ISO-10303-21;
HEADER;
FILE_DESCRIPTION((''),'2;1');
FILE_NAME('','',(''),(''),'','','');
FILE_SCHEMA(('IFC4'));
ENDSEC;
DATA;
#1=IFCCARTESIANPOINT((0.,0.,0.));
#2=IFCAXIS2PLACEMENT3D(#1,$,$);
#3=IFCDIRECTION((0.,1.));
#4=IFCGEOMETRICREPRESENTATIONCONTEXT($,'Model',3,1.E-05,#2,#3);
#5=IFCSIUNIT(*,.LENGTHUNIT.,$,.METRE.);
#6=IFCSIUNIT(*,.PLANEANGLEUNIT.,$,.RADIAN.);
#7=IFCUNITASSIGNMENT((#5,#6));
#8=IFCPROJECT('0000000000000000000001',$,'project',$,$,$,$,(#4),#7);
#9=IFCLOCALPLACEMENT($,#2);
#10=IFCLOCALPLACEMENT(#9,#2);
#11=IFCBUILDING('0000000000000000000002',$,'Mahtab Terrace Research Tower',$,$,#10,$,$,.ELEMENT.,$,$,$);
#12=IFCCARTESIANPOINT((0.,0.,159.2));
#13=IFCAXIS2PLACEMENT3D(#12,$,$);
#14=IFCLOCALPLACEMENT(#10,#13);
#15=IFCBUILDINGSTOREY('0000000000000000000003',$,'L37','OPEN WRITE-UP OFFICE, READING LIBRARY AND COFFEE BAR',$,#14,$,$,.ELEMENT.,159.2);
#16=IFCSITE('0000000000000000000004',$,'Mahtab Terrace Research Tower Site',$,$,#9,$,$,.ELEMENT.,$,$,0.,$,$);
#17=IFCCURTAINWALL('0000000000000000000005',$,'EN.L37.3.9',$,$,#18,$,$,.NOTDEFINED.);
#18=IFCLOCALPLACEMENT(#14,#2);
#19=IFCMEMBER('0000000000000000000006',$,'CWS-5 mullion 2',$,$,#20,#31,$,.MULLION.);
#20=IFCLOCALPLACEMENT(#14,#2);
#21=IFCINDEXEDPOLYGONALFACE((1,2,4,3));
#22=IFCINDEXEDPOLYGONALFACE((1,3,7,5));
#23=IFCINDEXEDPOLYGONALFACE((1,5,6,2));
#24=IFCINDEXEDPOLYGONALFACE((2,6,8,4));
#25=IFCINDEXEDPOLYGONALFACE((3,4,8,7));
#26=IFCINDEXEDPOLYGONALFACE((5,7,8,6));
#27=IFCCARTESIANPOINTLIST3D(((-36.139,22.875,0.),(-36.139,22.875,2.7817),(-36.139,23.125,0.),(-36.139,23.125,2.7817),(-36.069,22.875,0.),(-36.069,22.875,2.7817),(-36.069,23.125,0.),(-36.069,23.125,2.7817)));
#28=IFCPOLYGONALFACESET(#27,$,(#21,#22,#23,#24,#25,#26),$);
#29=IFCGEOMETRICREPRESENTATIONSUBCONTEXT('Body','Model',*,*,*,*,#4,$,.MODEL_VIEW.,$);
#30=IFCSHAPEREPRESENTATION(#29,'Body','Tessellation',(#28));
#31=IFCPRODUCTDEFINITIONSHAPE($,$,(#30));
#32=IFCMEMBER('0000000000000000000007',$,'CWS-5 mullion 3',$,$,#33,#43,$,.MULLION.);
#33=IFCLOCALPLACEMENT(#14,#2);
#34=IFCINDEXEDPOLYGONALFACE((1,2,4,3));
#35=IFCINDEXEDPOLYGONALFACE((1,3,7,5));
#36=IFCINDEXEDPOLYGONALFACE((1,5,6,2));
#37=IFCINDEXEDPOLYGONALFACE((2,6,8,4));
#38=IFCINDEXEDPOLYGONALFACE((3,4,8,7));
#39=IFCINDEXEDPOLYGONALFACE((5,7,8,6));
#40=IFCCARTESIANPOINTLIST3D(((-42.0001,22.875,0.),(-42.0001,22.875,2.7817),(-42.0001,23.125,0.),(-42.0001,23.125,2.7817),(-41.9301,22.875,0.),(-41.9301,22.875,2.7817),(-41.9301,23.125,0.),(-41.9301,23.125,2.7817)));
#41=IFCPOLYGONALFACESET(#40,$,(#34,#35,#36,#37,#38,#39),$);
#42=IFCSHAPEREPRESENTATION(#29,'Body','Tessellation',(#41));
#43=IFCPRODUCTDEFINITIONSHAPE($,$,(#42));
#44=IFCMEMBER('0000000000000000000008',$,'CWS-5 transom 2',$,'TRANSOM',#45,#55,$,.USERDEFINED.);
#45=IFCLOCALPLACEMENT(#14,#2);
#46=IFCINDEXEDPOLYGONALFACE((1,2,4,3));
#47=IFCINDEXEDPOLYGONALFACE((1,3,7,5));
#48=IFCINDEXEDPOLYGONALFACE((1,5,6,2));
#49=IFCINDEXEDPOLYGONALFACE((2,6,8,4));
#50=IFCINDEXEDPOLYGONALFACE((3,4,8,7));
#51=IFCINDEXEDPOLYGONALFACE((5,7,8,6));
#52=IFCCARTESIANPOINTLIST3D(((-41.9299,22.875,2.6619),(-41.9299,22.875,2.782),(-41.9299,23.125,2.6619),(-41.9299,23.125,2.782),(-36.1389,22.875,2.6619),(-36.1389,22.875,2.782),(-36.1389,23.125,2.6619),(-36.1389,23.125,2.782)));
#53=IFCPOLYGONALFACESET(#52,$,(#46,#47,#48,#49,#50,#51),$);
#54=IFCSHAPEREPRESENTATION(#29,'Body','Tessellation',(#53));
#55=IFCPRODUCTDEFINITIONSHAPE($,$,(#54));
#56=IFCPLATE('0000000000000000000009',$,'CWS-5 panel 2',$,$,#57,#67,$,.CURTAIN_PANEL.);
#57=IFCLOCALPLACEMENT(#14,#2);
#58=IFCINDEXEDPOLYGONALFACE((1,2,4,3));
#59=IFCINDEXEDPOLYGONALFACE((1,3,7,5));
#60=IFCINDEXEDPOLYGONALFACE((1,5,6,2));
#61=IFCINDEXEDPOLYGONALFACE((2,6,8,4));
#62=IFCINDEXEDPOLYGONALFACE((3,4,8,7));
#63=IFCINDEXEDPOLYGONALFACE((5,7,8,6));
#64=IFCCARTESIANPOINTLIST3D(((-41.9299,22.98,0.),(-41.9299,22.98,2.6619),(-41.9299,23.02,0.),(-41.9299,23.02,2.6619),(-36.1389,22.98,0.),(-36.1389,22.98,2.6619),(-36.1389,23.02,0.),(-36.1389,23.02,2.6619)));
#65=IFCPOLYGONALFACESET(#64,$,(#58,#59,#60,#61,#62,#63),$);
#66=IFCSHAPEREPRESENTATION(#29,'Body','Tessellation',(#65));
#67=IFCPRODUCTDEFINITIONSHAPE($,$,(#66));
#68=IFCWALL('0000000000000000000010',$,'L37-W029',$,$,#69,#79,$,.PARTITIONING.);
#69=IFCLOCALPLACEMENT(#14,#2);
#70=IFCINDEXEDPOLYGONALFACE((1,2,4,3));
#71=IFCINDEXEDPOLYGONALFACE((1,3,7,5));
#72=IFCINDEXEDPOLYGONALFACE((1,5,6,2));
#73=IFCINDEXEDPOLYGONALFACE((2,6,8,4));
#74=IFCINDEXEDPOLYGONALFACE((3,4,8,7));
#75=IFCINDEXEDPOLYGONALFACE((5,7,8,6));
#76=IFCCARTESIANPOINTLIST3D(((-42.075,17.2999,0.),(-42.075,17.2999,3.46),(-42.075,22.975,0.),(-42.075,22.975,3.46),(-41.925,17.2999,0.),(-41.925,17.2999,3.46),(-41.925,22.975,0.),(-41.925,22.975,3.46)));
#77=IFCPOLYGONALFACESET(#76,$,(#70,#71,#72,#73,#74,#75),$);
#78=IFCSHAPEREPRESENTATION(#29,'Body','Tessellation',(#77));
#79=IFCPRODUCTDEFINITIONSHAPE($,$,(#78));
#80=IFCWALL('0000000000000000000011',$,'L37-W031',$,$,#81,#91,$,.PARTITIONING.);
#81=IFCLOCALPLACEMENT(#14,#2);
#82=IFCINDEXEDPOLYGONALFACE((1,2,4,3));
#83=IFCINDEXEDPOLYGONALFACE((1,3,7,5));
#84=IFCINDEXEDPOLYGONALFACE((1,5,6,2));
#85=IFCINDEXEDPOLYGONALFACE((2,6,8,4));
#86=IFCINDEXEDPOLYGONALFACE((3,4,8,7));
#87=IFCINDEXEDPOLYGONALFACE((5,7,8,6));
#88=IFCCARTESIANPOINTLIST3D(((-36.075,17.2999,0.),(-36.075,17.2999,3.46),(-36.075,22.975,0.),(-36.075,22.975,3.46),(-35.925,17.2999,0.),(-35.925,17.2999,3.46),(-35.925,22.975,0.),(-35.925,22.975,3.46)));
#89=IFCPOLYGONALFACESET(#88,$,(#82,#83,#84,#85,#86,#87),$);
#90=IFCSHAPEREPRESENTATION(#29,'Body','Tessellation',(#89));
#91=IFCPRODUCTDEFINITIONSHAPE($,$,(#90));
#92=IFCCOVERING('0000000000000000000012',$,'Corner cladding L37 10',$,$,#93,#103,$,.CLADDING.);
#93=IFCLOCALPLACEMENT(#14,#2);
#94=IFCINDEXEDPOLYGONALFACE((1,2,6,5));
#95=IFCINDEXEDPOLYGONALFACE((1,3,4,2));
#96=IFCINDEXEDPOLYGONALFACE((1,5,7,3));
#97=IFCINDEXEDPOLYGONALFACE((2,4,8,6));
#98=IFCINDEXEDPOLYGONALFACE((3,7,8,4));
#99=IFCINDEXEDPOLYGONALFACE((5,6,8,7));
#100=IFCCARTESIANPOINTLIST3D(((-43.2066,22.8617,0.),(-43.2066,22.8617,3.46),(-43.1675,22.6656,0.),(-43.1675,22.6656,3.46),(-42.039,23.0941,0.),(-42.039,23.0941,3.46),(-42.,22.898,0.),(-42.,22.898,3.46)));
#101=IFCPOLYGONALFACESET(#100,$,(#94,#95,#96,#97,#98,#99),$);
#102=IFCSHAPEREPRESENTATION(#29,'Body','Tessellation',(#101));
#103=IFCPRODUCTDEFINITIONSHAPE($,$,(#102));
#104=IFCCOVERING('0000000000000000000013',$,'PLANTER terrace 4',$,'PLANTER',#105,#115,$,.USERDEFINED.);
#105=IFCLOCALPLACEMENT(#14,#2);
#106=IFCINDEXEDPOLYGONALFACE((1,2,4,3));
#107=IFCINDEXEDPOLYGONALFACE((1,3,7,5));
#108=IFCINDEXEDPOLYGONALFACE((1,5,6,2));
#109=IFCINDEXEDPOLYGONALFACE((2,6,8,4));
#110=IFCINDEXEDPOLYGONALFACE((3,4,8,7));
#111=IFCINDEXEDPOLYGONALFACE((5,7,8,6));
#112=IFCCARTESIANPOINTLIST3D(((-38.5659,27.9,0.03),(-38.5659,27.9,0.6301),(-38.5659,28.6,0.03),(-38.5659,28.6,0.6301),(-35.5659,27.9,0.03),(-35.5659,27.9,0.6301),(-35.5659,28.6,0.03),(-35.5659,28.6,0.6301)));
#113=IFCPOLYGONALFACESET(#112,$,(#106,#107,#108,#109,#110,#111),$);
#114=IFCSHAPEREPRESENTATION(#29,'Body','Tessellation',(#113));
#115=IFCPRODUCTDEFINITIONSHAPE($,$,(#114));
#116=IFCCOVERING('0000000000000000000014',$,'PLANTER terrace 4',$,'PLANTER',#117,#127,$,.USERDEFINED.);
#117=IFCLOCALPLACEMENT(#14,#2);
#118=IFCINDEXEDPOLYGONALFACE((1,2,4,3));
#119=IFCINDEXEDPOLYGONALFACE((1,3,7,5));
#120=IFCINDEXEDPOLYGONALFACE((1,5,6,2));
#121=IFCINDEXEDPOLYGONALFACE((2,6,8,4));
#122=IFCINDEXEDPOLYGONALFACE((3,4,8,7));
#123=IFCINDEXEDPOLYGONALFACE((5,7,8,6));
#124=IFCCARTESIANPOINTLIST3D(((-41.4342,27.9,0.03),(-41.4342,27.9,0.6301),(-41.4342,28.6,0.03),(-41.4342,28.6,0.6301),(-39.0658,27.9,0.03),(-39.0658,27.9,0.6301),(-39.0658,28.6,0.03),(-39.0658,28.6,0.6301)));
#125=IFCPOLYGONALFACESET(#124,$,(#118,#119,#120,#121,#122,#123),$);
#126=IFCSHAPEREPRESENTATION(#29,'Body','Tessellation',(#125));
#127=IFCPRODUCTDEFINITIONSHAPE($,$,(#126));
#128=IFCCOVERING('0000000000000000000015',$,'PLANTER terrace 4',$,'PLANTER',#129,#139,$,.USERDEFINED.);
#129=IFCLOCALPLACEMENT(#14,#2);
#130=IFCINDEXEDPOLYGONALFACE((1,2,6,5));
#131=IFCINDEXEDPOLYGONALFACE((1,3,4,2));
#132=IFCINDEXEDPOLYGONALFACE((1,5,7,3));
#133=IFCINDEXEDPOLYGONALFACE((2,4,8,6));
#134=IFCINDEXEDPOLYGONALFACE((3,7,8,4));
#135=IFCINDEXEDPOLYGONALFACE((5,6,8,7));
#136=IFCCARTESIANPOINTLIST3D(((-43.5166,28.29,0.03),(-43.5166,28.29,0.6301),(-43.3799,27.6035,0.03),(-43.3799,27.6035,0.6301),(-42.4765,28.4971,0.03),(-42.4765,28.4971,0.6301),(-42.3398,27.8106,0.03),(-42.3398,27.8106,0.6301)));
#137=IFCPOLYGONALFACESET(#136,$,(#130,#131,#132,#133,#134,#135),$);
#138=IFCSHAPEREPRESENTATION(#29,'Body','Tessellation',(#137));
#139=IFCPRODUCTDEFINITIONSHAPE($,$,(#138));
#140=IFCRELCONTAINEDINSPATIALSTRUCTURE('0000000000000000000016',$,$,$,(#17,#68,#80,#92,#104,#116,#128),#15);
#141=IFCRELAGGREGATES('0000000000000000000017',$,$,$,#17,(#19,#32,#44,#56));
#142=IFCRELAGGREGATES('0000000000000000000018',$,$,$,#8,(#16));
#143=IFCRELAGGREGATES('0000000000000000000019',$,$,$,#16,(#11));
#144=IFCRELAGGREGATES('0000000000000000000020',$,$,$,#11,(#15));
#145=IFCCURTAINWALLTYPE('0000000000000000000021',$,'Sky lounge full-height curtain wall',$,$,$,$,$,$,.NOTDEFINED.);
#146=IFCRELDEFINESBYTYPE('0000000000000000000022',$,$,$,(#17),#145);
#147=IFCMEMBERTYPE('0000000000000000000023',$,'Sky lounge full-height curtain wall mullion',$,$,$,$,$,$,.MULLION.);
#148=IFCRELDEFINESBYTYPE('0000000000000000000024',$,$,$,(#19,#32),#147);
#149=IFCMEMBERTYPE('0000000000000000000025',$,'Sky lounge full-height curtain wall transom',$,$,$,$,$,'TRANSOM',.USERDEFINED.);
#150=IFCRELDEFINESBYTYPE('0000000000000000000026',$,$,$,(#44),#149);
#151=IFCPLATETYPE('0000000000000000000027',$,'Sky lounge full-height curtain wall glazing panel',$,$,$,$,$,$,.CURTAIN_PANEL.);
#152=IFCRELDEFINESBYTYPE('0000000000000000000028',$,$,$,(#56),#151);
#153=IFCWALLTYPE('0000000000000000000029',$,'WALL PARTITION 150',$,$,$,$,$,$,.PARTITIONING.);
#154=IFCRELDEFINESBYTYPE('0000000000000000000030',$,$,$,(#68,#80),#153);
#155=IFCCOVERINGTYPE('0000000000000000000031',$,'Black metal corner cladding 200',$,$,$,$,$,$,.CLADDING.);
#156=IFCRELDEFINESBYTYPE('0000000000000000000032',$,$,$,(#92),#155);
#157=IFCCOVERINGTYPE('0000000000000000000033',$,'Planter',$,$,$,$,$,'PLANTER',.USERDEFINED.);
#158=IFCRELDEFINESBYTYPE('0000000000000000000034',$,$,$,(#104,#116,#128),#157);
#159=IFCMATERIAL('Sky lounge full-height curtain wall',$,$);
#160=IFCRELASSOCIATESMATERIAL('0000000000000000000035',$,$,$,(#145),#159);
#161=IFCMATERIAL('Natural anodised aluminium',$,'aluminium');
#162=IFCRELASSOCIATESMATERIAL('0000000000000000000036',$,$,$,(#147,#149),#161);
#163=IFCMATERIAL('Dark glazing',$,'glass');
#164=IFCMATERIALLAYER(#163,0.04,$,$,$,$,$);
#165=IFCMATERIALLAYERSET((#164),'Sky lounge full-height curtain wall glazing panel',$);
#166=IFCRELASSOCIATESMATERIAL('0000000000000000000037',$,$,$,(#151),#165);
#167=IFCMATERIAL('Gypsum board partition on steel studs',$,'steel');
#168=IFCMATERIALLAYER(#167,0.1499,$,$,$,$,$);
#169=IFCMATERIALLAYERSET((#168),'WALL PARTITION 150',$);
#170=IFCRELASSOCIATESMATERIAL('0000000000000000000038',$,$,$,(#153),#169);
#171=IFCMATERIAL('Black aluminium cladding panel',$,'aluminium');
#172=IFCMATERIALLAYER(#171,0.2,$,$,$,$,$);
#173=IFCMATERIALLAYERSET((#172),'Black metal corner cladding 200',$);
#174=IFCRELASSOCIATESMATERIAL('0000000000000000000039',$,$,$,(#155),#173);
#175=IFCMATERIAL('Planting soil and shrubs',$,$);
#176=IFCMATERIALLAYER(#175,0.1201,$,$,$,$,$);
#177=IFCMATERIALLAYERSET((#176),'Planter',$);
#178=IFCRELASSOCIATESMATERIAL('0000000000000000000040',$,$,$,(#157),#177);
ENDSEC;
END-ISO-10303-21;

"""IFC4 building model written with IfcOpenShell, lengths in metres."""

from ifc_helpers import new_model, si_unit, direction, frame, frame_2d, origin, origin_2d, place, context, subcontext, project, spatial, rectangle, extrude, material, layer, layer_set, material_profile, profile_set, type_object, element, aggregate, save


model = new_model("IFC4")

# Units and contexts
model_context = context("Model", 3, precision=1e-05, world=origin(), true_north=direction((0.0, 1.0)))
body_context = subcontext(model_context, "Body", "Model", "MODEL_VIEW")
ifc_project = project(units=[si_unit("LENGTHUNIT", "METRE"), si_unit("PLANEANGLEUNIT", "RADIAN")], contexts=[model_context])

# Site, building, storey
site_placement = place(None, origin())
site = spatial("IfcSite", under=ifc_project, at=site_placement, Name="Mahtab Terrace Research Tower Site", CompositionType="ELEMENT", RefElevation=0.0)
building_placement = place(site_placement, origin())
building = spatial("IfcBuilding", under=site, at=building_placement, Name="Mahtab Terrace Research Tower", CompositionType="ELEMENT")
storey_placement = place(building_placement, frame((0.0, 0.0, 159.2)))
storey = spatial("IfcBuildingStorey", under=building, at=storey_placement, Name="L37", Description="OPEN WRITE-UP OFFICE, READING LIBRARY AND COFFEE BAR", CompositionType="ELEMENT", Elevation=159.2)

# Curtain wall, members, plate
ifc_material_1 = material(Name="Sky lounge full-height curtain wall")
curtain_wall_type = type_object("IfcCurtainWallType", Name="Sky lounge full-height curtain wall", PredefinedType="NOTDEFINED", material=ifc_material_1)
curtain_wall_placement = place(storey_placement, origin())
curtain_wall = element("IfcCurtainWall", 1, at=curtain_wall_placement, inside=storey, type_object=curtain_wall_type, Name="EN.L37.3.9", PredefinedType="NOTDEFINED")
ifc_material_2 = material(Name="Natural anodised aluminium", Category="aluminium")
ifc_material_profile_1 = material_profile(ifc_material_2, rectangle(XDim=0.25, YDim=0.0701, at=origin_2d()), Name="MULLION 70x250")
ifc_profile_set_1 = profile_set([ifc_material_profile_1], Name="Natural anodised aluminium")
member_type_1 = type_object("IfcMemberType", Name="Sky lounge full-height curtain wall mullion", PredefinedType="MULLION", material=ifc_profile_set_1)
member_1_placement = place(storey_placement, frame((-36.104, 23.0, 0.0), z_axis=(0.0, 0.0, 1.0), x_axis=(0.0, -1.0, 0.0)))
member_1 = element("IfcMember", 2, at=member_1_placement, type_object=member_type_1, Name="CWS-5 mullion 2", PredefinedType="MULLION", context=body_context, shape_type="SweptSolid", body=[
    extrude(rectangle(XDim=0.25, YDim=0.0701, at=origin_2d()), origin(), (0.0, 0.0, 1.0), 2.7817),
])
member_2_placement = place(storey_placement, frame((-41.9651, 23.0, 0.0), z_axis=(0.0, 0.0, 1.0), x_axis=(0.0, -1.0, 0.0)))
member_2 = element("IfcMember", 3, at=member_2_placement, type_object=member_type_1, Name="CWS-5 mullion 3", PredefinedType="MULLION", context=body_context, shape_type="SweptSolid", body=[
    extrude(rectangle(XDim=0.25, YDim=0.0701, at=origin_2d()), origin(), (0.0, 0.0, 1.0), 2.7817),
])
ifc_material_profile_2 = material_profile(ifc_material_2, rectangle(XDim=0.25, YDim=0.1201, at=origin_2d()), Name="TRANSOM 120x250")
ifc_profile_set_2 = profile_set([ifc_material_profile_2], Name="Natural anodised aluminium")
member_type_2 = type_object("IfcMemberType", Name="Sky lounge full-height curtain wall transom", ElementType="TRANSOM", PredefinedType="USERDEFINED", material=ifc_profile_set_2)
member_3_placement = place(storey_placement, frame((-36.1389, 23.0, 2.7219), z_axis=(-1.0, 0.0, 0.0), x_axis=(0.0, -1.0, 0.0)))
member_3 = element("IfcMember", 4, at=member_3_placement, type_object=member_type_2, Name="CWS-5 transom 2", ObjectType="TRANSOM", PredefinedType="USERDEFINED", context=body_context, shape_type="SweptSolid", body=[
    extrude(rectangle(XDim=0.25, YDim=0.1201, at=origin_2d()), origin(), (0.0, 0.0, 1.0), 5.791),
])
ifc_material_3 = material(Name="Dark glazing", Category="glass")
ifc_layer_1 = layer(ifc_material_3, 0.04)
ifc_layer_set_1 = layer_set([ifc_layer_1], Name="Sky lounge full-height curtain wall glazing panel")
plate_type = type_object("IfcPlateType", Name="Sky lounge full-height curtain wall glazing panel", PredefinedType="CURTAIN_PANEL", material=ifc_layer_set_1)
plate_placement = place(storey_placement, frame((-39.0344, 23.0, 0.0), z_axis=(0.0, 0.0, 1.0), x_axis=(-1.0, 0.0, 0.0)))
plate = element("IfcPlate", 5, at=plate_placement, type_object=plate_type, Name="CWS-5 panel 2", PredefinedType="CURTAIN_PANEL", context=body_context, shape_type="SweptSolid", body=[
    extrude(rectangle(XDim=5.791, YDim=0.04, at=origin_2d()), origin(), (0.0, 0.0, 1.0), 2.6619),
])
aggregate(curtain_wall, [member_1, member_2, member_3, plate])

# Walls
ifc_material_4 = material(Name="Gypsum board partition on steel studs", Category="steel")
ifc_layer_2 = layer(ifc_material_4, 0.1499)
ifc_layer_set_2 = layer_set([ifc_layer_2], Name="WALL PARTITION 150")
wall_type = type_object("IfcWallType", Name="WALL PARTITION 150", PredefinedType="PARTITIONING", material=ifc_layer_set_2)
for number, where, z_axis, x_axis, name in (
    (6, (-42.0, 17.3, 0.0), (0.0, 0.0, 1.0), (0.0, 1.0, 0.0), "L37-W029"),
    (7, (-36.0, 17.3, 0.0), (0.0, 0.0, 1.0), (0.0, 1.0, 0.0), "L37-W031"),
):
    element("IfcWall", number, at=place(storey_placement, frame(where, z_axis=z_axis, x_axis=x_axis)), inside=storey, type_object=wall_type, Name=name, PredefinedType="PARTITIONING", context=body_context, shape_type="SweptSolid", body=[
        extrude(rectangle(XDim=5.675, YDim=0.1499, at=frame_2d((2.8374, 0.0))), origin(), (0.0, 0.0, 1.0), 3.46),
    ])

# Coverings
ifc_material_5 = material(Name="Black aluminium cladding panel", Category="aluminium")
ifc_layer_3 = layer(ifc_material_5, 0.2)
ifc_layer_set_3 = layer_set([ifc_layer_3], Name="Black metal corner cladding 200")
covering_type_1 = type_object("IfcCoveringType", Name="Black metal corner cladding 200", PredefinedType="CLADDING", material=ifc_layer_set_3)
covering_1_placement = place(storey_placement, frame((-42.6033, 22.8799, 0.0), z_axis=(0.0, 0.0, 1.0), x_axis=(-0.980761, -0.195212, 0.0)))
element("IfcCovering", 8, at=covering_1_placement, inside=storey, type_object=covering_type_1, Name="Corner cladding L37 10", PredefinedType="CLADDING", context=body_context, shape_type="SweptSolid", body=[
    extrude(rectangle(XDim=1.1904, YDim=0.2, at=origin_2d()), origin(), (0.0, 0.0, 1.0), 3.46),
])
ifc_material_6 = material(Name="Planting soil and shrubs")
ifc_layer_4 = layer(ifc_material_6, 0.1201)
ifc_layer_set_4 = layer_set([ifc_layer_4], Name="Planter")
covering_type_2 = type_object("IfcCoveringType", Name="Planter", ElementType="PLANTER", PredefinedType="USERDEFINED", material=ifc_layer_set_4)
covering_2_placement = place(storey_placement, frame((-37.0659, 28.25, 0.03), z_axis=(0.0, 0.0, 1.0), x_axis=(-1.0, 0.0, 0.0)))
element("IfcCovering", 9, at=covering_2_placement, inside=storey, type_object=covering_type_2, Name="PLANTER terrace 4", ObjectType="PLANTER", PredefinedType="USERDEFINED", context=body_context, shape_type="SweptSolid", body=[
    extrude(rectangle(XDim=3.0, YDim=0.7, at=origin_2d()), origin(), (0.0, 0.0, 1.0), 0.6001),
])
covering_3_placement = place(storey_placement, frame((-40.25, 28.25, 0.03), z_axis=(0.0, 0.0, 1.0), x_axis=(-1.0, 0.0, 0.0)))
element("IfcCovering", 10, at=covering_3_placement, inside=storey, type_object=covering_type_2, Name="PLANTER terrace 4", ObjectType="PLANTER", PredefinedType="USERDEFINED", context=body_context, shape_type="SweptSolid", body=[
    extrude(rectangle(XDim=2.3684, YDim=0.7, at=origin_2d()), origin(), (0.0, 0.0, 1.0), 0.6001),
])
covering_4_placement = place(storey_placement, frame((-42.9282, 28.0503, 0.03), z_axis=(0.0, 0.0, 1.0), x_axis=(-0.980743, -0.195304, 0.0)))
element("IfcCovering", 11, at=covering_4_placement, inside=storey, type_object=covering_type_2, Name="PLANTER terrace 4", ObjectType="PLANTER", PredefinedType="USERDEFINED", context=body_context, shape_type="SweptSolid", body=[
    extrude(rectangle(XDim=1.0605, YDim=0.7, at=origin_2d()), origin(), (0.0, 0.0, 1.0), 0.6001),
])

save(model, "model.ifc")
